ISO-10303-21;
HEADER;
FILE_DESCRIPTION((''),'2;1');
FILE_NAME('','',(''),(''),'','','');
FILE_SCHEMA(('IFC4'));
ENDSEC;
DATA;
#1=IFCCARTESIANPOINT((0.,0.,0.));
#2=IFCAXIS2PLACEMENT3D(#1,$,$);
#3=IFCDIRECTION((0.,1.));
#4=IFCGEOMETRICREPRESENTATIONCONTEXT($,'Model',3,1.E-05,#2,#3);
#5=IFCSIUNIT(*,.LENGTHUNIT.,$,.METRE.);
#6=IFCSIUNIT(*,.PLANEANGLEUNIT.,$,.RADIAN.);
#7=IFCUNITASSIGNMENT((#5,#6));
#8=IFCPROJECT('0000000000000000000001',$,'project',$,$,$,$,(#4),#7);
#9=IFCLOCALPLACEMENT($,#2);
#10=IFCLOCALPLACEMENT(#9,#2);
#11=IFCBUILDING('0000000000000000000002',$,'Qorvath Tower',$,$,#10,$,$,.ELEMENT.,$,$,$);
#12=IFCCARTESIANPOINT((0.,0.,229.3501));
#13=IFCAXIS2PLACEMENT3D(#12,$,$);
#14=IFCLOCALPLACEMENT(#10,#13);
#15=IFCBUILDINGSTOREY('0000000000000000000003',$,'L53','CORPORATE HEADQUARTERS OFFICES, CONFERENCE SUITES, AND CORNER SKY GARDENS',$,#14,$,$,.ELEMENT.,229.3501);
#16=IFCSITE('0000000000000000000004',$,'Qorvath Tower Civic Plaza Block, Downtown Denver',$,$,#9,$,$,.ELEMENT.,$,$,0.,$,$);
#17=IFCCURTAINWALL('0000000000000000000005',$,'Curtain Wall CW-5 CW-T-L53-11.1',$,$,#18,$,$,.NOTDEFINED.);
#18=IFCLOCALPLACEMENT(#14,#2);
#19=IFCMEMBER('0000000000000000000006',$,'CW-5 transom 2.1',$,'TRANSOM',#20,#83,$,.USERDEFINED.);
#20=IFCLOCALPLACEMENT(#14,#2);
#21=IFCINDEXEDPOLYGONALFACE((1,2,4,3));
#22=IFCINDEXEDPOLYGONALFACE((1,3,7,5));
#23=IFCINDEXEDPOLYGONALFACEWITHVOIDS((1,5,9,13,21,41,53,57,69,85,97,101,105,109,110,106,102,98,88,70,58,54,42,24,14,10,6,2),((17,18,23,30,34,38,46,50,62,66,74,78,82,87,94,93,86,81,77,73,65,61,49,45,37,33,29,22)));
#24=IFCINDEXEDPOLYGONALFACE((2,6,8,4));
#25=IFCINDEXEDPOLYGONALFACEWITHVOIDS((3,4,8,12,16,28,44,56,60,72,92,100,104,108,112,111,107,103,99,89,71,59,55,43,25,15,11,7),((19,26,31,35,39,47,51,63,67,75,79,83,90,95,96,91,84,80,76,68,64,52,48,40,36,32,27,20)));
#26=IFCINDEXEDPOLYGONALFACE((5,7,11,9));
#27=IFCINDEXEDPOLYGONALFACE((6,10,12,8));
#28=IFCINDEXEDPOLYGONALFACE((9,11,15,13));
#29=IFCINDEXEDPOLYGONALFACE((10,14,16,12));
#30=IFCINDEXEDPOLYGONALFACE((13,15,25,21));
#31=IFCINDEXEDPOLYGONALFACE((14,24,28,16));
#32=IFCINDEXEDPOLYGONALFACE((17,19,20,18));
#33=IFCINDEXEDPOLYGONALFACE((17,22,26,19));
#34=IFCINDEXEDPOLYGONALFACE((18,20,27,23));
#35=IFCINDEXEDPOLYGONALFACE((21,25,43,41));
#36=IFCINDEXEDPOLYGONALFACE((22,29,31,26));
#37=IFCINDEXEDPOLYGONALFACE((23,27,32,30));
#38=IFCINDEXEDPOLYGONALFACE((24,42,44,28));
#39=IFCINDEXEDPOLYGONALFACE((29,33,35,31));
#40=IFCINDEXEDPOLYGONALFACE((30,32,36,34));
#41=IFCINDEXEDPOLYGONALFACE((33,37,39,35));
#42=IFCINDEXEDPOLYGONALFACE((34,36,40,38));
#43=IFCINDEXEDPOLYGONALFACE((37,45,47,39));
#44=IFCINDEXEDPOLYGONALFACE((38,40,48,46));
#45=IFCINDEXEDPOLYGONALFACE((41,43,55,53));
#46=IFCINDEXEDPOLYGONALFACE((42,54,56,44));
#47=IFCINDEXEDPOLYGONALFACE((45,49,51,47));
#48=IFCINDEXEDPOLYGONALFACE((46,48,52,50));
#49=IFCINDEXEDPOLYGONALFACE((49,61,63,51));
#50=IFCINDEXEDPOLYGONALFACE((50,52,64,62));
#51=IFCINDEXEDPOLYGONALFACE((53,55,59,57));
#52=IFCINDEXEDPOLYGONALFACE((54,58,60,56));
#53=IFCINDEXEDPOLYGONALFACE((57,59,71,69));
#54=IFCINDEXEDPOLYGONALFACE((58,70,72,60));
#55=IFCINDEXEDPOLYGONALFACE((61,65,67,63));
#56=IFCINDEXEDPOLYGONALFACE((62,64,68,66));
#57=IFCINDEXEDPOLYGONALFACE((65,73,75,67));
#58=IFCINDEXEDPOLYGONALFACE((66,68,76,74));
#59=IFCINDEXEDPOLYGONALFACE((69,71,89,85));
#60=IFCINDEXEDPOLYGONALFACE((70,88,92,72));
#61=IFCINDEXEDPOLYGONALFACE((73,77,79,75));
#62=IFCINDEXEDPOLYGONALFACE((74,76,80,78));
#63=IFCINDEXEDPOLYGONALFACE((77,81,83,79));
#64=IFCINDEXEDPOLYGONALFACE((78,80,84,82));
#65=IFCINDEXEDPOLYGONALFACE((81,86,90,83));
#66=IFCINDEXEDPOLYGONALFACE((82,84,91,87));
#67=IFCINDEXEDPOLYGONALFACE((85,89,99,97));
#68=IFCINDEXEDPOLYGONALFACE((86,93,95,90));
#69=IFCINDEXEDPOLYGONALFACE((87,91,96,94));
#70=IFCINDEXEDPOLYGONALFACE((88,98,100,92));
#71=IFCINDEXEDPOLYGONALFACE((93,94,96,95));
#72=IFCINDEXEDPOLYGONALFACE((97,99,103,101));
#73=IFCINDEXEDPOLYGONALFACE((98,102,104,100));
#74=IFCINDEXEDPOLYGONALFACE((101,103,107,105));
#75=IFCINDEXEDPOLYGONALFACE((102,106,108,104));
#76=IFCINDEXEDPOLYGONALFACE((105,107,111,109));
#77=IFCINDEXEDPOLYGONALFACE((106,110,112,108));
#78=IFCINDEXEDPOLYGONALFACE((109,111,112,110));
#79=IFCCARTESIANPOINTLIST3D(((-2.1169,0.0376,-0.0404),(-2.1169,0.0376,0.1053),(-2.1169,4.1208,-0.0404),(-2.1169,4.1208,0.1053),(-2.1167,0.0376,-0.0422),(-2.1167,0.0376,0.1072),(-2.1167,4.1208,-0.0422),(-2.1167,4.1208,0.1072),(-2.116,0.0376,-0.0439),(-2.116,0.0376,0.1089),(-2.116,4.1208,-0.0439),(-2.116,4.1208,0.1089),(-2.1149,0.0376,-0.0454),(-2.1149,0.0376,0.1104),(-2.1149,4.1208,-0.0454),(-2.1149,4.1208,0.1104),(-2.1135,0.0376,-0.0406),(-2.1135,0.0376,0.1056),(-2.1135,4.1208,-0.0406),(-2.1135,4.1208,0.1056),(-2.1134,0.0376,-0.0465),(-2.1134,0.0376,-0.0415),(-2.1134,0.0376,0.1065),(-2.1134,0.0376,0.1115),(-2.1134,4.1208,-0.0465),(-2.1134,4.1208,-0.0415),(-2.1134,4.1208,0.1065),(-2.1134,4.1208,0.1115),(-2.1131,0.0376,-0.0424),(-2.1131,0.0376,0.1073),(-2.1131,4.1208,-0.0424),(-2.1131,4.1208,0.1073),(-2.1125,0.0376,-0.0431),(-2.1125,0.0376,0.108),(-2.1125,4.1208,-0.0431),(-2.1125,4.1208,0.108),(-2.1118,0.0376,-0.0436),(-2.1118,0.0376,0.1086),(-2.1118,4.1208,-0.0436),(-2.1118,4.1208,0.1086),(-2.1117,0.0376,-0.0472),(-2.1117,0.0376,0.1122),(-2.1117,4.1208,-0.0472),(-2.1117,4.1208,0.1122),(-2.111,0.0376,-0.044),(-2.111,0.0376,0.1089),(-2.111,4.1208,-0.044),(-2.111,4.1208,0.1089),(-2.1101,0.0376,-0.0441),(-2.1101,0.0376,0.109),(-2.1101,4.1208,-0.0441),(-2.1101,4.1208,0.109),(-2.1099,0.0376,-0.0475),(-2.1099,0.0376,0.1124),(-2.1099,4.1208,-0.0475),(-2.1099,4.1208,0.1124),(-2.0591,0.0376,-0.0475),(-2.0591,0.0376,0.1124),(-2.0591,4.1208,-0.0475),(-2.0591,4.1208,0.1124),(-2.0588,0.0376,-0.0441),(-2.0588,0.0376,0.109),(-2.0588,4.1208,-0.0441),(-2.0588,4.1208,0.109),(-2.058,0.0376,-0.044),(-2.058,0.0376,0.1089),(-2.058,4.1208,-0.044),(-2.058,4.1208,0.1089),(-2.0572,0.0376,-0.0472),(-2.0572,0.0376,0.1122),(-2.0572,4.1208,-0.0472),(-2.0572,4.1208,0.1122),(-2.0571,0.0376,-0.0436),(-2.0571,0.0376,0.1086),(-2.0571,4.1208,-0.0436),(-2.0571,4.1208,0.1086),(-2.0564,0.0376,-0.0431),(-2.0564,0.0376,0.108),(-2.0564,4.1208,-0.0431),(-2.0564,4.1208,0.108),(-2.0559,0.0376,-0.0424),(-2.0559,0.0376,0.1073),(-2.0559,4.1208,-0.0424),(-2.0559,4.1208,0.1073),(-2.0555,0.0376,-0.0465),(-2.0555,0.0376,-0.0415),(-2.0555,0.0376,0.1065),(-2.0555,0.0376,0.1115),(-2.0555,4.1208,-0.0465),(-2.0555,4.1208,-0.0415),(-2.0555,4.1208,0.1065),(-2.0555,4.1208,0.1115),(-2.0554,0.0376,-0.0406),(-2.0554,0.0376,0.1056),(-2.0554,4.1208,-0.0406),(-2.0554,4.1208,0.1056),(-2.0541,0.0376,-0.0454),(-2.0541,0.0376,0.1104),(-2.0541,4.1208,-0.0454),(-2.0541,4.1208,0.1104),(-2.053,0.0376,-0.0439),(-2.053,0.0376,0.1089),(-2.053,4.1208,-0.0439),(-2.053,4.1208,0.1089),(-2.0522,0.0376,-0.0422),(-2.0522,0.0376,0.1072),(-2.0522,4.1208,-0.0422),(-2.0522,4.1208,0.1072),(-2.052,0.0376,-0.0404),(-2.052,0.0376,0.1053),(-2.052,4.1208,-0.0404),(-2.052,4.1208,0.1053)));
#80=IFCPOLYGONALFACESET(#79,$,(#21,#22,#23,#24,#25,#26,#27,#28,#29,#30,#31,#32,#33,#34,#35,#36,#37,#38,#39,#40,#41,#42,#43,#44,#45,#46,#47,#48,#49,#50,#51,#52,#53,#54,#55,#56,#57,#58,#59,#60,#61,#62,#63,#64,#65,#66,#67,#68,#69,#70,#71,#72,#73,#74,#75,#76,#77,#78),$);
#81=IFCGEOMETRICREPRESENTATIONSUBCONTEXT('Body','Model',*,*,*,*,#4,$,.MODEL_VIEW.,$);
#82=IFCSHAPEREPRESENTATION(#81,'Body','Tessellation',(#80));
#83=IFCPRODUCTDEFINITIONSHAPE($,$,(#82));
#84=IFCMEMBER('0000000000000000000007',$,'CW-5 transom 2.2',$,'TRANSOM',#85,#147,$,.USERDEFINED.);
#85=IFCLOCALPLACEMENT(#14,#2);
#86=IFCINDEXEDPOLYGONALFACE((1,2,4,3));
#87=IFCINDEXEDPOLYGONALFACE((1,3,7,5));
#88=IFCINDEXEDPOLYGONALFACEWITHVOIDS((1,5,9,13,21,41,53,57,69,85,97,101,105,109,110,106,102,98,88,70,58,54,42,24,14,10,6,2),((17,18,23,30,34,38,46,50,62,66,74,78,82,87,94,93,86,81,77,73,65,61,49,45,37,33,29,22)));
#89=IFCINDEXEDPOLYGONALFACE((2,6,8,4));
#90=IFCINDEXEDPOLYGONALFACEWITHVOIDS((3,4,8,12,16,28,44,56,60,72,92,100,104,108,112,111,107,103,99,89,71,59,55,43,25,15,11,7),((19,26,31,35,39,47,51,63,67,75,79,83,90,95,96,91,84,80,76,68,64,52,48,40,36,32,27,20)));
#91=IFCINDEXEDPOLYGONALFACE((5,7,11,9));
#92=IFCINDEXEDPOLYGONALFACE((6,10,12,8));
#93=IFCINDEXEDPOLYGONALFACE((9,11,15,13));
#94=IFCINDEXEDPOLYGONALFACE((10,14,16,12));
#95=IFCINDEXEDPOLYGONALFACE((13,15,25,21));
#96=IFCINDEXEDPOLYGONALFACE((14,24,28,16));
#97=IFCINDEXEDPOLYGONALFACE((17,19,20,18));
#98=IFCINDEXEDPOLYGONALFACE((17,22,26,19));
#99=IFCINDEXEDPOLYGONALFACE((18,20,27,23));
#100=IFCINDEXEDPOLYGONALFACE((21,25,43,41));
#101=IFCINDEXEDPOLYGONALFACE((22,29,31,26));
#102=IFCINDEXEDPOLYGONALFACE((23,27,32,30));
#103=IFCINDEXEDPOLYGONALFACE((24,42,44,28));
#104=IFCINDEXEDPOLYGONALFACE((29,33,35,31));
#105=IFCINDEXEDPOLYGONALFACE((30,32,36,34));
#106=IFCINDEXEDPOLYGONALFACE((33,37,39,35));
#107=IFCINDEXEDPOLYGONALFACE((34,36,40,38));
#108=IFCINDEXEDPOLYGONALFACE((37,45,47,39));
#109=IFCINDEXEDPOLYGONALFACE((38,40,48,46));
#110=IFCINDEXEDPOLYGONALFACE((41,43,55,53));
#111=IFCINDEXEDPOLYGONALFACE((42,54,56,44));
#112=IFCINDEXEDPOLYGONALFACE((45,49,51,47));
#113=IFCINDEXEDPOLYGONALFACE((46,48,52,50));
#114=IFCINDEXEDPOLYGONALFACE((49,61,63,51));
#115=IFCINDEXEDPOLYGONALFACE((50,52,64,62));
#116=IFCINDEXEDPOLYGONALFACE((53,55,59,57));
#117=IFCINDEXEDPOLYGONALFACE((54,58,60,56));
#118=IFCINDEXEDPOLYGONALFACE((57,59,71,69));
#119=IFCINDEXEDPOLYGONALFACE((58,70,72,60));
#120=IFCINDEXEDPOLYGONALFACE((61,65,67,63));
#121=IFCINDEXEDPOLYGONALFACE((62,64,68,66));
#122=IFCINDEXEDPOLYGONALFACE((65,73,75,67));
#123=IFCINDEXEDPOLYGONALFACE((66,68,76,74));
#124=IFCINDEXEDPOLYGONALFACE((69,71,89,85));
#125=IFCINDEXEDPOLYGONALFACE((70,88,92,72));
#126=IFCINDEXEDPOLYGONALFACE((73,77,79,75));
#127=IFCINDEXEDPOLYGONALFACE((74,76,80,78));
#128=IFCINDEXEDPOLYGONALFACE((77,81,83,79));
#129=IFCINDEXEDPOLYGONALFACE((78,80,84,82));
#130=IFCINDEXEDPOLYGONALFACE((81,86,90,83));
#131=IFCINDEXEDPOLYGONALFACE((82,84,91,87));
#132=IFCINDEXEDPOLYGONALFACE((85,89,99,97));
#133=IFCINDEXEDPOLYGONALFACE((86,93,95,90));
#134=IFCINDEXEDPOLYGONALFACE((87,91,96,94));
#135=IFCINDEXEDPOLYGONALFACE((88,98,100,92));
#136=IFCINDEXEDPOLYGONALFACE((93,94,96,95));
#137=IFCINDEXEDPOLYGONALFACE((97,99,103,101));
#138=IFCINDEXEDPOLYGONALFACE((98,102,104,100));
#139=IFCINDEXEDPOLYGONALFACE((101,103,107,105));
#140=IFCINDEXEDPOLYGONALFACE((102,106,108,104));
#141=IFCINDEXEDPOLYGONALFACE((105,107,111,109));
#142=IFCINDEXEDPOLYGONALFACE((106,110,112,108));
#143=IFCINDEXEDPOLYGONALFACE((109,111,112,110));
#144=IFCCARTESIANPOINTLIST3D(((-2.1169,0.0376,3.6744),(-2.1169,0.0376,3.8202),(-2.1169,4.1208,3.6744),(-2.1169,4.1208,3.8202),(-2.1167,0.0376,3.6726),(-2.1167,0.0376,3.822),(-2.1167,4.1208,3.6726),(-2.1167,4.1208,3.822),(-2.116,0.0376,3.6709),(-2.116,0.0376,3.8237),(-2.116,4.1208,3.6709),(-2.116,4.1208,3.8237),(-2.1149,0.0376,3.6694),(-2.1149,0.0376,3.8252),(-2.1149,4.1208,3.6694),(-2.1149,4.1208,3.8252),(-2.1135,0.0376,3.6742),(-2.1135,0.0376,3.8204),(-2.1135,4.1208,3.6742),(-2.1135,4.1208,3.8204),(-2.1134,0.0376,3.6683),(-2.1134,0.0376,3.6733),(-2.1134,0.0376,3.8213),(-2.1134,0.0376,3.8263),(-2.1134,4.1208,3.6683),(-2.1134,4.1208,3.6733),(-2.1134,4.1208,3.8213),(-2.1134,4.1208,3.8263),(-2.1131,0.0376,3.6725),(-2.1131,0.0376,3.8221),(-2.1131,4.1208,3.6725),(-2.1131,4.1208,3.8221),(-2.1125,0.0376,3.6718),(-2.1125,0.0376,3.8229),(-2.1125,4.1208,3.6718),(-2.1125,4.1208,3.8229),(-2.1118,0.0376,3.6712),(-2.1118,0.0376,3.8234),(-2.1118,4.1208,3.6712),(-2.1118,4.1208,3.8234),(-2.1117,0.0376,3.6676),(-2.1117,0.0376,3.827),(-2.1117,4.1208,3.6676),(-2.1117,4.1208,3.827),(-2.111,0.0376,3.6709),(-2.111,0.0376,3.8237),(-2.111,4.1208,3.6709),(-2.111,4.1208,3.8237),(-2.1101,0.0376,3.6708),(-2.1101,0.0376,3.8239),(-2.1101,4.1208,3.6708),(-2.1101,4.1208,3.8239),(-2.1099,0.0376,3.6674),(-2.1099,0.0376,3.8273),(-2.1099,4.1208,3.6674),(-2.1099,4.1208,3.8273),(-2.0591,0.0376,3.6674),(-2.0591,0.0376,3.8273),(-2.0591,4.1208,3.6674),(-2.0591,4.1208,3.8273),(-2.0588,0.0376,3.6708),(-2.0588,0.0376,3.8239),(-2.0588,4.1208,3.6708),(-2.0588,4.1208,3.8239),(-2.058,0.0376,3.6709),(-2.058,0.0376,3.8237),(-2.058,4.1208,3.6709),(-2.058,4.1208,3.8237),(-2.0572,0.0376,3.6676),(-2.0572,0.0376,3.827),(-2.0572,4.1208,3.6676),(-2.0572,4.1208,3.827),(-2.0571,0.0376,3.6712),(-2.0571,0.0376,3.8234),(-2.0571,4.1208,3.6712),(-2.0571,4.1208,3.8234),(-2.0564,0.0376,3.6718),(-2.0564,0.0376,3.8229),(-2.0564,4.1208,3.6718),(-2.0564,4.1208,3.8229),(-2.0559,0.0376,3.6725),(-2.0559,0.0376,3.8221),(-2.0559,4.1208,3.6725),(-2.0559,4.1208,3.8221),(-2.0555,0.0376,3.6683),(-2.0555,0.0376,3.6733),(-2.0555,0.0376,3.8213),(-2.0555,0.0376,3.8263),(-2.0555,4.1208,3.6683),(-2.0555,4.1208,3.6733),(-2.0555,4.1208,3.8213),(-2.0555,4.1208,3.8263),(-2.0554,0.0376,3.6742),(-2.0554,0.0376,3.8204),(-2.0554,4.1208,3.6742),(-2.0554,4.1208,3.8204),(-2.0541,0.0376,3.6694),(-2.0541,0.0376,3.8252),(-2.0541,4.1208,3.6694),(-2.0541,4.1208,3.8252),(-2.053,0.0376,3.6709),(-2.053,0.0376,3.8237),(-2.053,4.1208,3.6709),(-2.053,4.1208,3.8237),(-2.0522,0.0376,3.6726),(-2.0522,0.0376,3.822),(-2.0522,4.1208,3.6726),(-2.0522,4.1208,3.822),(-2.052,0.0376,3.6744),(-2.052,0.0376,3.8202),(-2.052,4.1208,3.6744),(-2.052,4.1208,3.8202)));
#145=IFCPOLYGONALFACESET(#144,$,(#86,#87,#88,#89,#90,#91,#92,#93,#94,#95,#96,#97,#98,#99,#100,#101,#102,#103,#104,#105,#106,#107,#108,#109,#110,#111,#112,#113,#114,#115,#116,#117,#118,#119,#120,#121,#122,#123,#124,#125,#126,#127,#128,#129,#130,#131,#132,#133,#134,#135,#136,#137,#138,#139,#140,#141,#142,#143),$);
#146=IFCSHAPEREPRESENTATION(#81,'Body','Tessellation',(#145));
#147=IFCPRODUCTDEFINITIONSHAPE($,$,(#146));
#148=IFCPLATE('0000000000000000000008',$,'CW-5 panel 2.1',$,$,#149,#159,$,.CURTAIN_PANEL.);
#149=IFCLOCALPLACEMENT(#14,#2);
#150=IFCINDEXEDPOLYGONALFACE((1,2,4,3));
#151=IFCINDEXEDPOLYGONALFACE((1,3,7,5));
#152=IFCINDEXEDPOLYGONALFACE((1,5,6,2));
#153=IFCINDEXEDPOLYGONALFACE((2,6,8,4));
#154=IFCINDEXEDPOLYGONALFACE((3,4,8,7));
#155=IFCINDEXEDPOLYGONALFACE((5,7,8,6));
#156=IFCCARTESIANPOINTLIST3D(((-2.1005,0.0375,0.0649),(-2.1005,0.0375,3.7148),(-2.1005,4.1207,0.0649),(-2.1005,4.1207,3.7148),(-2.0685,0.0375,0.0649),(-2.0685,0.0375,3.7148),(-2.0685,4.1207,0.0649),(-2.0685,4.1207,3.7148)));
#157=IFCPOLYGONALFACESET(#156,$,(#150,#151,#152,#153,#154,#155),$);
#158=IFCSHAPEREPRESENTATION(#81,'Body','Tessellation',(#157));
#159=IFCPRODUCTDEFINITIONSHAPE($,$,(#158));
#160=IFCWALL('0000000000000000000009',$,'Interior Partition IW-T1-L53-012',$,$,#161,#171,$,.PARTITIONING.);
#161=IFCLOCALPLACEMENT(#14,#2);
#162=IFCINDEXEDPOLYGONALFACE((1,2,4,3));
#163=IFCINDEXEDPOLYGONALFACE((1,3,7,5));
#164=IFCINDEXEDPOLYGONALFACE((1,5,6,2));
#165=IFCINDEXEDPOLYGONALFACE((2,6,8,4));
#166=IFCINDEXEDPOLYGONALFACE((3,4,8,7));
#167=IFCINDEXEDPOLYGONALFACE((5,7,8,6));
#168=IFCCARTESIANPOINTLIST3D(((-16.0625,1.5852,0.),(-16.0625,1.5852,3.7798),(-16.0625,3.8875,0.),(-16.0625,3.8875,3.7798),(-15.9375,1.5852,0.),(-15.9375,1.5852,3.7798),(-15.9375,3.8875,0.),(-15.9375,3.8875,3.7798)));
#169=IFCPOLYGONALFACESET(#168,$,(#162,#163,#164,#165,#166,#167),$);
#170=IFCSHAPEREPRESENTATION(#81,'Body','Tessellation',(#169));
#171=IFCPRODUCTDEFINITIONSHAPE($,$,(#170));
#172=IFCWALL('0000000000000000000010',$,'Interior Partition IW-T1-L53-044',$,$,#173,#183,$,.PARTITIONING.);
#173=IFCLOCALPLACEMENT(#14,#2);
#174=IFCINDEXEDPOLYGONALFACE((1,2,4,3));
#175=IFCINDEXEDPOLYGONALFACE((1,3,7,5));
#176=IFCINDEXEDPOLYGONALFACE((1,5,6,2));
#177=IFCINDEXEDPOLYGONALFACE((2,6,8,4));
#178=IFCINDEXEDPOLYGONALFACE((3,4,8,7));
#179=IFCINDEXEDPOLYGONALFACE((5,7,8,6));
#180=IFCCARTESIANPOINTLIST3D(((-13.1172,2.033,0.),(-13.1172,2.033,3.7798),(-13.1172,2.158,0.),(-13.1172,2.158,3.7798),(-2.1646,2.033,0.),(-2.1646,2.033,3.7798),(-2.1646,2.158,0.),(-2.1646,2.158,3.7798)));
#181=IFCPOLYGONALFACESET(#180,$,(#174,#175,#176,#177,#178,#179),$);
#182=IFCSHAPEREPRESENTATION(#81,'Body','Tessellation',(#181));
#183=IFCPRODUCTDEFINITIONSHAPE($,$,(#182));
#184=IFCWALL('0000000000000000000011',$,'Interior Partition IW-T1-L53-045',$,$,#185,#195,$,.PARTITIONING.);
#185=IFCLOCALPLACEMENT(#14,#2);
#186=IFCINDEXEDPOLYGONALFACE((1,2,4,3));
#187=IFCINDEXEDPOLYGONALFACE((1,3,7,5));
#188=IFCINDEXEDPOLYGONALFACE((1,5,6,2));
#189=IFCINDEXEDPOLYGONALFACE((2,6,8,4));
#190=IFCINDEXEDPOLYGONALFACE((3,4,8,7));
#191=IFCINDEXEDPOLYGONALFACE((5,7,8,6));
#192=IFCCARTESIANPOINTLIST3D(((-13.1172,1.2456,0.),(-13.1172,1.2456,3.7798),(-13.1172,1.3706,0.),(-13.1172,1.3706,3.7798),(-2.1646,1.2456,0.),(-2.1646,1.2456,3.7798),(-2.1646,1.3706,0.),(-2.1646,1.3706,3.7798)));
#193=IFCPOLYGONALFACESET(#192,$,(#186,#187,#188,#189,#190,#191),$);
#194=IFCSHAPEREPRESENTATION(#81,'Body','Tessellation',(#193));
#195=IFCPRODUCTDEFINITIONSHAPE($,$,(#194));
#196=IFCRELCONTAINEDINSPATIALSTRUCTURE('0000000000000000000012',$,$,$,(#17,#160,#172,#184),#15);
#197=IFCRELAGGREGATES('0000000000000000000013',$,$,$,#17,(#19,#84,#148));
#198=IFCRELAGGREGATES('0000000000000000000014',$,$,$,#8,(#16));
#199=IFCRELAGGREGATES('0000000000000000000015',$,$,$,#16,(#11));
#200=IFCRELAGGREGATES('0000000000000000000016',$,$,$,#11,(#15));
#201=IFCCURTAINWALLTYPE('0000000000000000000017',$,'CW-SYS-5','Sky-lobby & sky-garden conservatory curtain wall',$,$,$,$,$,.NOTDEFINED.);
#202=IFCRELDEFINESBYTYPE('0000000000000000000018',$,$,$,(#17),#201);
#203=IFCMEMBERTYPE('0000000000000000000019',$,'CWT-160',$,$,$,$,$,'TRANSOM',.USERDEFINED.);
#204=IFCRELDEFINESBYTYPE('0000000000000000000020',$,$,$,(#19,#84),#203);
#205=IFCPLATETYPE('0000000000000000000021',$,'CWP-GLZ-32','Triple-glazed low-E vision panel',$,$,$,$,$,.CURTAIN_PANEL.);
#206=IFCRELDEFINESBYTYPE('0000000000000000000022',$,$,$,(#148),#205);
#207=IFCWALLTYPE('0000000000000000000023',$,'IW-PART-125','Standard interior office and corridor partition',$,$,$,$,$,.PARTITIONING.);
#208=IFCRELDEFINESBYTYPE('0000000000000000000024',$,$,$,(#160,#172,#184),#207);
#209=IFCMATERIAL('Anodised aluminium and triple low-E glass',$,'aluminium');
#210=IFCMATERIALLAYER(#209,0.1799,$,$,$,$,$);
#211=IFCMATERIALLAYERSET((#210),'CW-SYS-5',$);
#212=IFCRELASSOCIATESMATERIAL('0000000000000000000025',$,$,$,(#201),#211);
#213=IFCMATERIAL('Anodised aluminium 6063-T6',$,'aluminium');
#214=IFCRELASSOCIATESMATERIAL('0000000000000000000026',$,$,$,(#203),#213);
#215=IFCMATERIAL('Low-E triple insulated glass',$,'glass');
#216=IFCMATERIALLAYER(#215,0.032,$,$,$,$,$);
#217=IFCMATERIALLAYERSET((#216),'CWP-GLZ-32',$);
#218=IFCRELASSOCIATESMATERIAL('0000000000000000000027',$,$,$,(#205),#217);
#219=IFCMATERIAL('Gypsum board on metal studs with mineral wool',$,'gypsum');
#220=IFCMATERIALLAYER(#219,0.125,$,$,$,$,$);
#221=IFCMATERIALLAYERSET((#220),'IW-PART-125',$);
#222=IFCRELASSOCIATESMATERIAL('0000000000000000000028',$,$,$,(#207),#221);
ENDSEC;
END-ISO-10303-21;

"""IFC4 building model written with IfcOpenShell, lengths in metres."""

from ifc_helpers import new_model, si_unit, direction, frame, frame_2d, origin, origin_2d, place, context, subcontext, project, spatial, rectangle, hollow_rectangle, extrude, material, layer, layer_set, material_profile, profile_set, type_object, element, aggregate, save


model = new_model("IFC4")

# Units and contexts
model_context = context("Model", 3, precision=1e-05, world=origin(), true_north=direction((0.0, 1.0)))
body_context = subcontext(model_context, "Body", "Model", "MODEL_VIEW")
ifc_project = project(units=[si_unit("LENGTHUNIT", "METRE"), si_unit("PLANEANGLEUNIT", "RADIAN")], contexts=[model_context])

# Site, building, storey
site_placement = place(None, origin())
site = spatial("IfcSite", under=ifc_project, at=site_placement, Name="Qorvath Tower Civic Plaza Block, Downtown Denver", CompositionType="ELEMENT", RefElevation=0.0)
building_placement = place(site_placement, origin())
building = spatial("IfcBuilding", under=site, at=building_placement, Name="Qorvath Tower", CompositionType="ELEMENT")
storey_placement = place(building_placement, frame((0.0, 0.0, 229.3501)))
storey = spatial("IfcBuildingStorey", under=building, at=storey_placement, Name="L53", Description="CORPORATE HEADQUARTERS OFFICES, CONFERENCE SUITES, AND CORNER SKY GARDENS", CompositionType="ELEMENT", Elevation=229.3501)

# Curtain wall, members, plate
ifc_material_1 = material(Name="Anodised aluminium and triple low-E glass", Category="aluminium")
ifc_layer_1 = layer(ifc_material_1, 0.1799)
ifc_layer_set_1 = layer_set([ifc_layer_1], Name="CW-SYS-5")
curtain_wall_type = type_object("IfcCurtainWallType", Name="CW-SYS-5", Description="Sky-lobby & sky-garden conservatory curtain wall", PredefinedType="NOTDEFINED", material=ifc_layer_set_1)
curtain_wall_placement = place(storey_placement, origin())
curtain_wall = element("IfcCurtainWall", 1, at=curtain_wall_placement, inside=storey, type_object=curtain_wall_type, Name="Curtain Wall CW-5 CW-T-L53-11.1", PredefinedType="NOTDEFINED")
ifc_material_2 = material(Name="Anodised aluminium 6063-T6", Category="aluminium")
ifc_material_profile = material_profile(ifc_material_2, hollow_rectangle(XDim=0.0649, YDim=0.1599, WallThickness=0.0034, InnerFilletRadius=0.0034, OuterFilletRadius=0.0071, at=origin_2d()), Name="CWT 160x65")
ifc_profile_set = profile_set([ifc_material_profile], Name="Anodised aluminium 6063-T6")
member_type = type_object("IfcMemberType", Name="CWT-160", ElementType="TRANSOM", PredefinedType="USERDEFINED", material=ifc_profile_set)
member_1_placement = place(storey_placement, frame((-2.0845, 0.0376, 0.0325), z_axis=(0.0, 1.0, 0.0), x_axis=(-1.0, 0.0, 0.0)))
member_1 = element("IfcMember", 2, at=member_1_placement, type_object=member_type, Name="CW-5 transom 2.1", ObjectType="TRANSOM", PredefinedType="USERDEFINED", context=body_context, shape_type="SweptSolid", body=[
    extrude(hollow_rectangle(XDim=0.0649, YDim=0.1599, WallThickness=0.0034, InnerFilletRadius=0.0034, OuterFilletRadius=0.0071, at=origin_2d()), origin(), (0.0, 0.0, 1.0), 4.0833),
])
member_2_placement = place(storey_placement, frame((-2.0845, 0.0376, 3.7473), z_axis=(0.0, 1.0, 0.0), x_axis=(-1.0, 0.0, 0.0)))
member_2 = element("IfcMember", 3, at=member_2_placement, type_object=member_type, Name="CW-5 transom 2.2", ObjectType="TRANSOM", PredefinedType="USERDEFINED", context=body_context, shape_type="SweptSolid", body=[
    extrude(hollow_rectangle(XDim=0.0649, YDim=0.1599, WallThickness=0.0034, InnerFilletRadius=0.0034, OuterFilletRadius=0.0071, at=origin_2d()), origin(), (0.0, 0.0, 1.0), 4.0833),
])
ifc_material_3 = material(Name="Low-E triple insulated glass", Category="glass")
ifc_layer_2 = layer(ifc_material_3, 0.032)
ifc_layer_set_2 = layer_set([ifc_layer_2], Name="CWP-GLZ-32")
plate_type = type_object("IfcPlateType", Name="CWP-GLZ-32", Description="Triple-glazed low-E vision panel", PredefinedType="CURTAIN_PANEL", material=ifc_layer_set_2)
plate_placement = place(storey_placement, frame((-2.0845, 2.0791, 0.0649), z_axis=(0.0, 0.0, 1.0), x_axis=(0.0, 1.0, 0.0)))
plate = element("IfcPlate", 4, at=plate_placement, type_object=plate_type, Name="CW-5 panel 2.1", PredefinedType="CURTAIN_PANEL", context=body_context, shape_type="SweptSolid", body=[
    extrude(rectangle(XDim=4.0833, YDim=0.032, at=origin_2d()), origin(), (0.0, 0.0, 1.0), 3.6499),
])
aggregate(curtain_wall, [member_1, member_2, plate])

# Walls
ifc_material_4 = material(Name="Gypsum board on metal studs with mineral wool", Category="gypsum")
ifc_layer_3 = layer(ifc_material_4, 0.125)
ifc_layer_set_3 = layer_set([ifc_layer_3], Name="IW-PART-125")
wall_type = type_object("IfcWallType", Name="IW-PART-125", Description="Standard interior office and corridor partition", PredefinedType="PARTITIONING", material=ifc_layer_set_3)
wall_placement = place(storey_placement, frame((-16.0, 1.5852, 0.0), z_axis=(0.0, 0.0, 1.0), x_axis=(0.0, 1.0, 0.0)))
element("IfcWall", 5, at=wall_placement, inside=storey, type_object=wall_type, Name="Interior Partition IW-T1-L53-012", PredefinedType="PARTITIONING", context=body_context, shape_type="SweptSolid", body=[
    extrude(rectangle(XDim=2.3022, YDim=0.125, at=frame_2d((1.1511, 0.0))), origin(), (0.0, 0.0, 1.0), 3.7798),
])
for number, where, z_axis, x_axis, name in (
    (6, (-2.1646, 2.0955, 0.0), (0.0, 0.0, 1.0), (-1.0, 0.0, 0.0), "Interior Partition IW-T1-L53-044"),
    (7, (-2.1646, 1.3081, 0.0), (0.0, 0.0, 1.0), (-1.0, 0.0, 0.0), "Interior Partition IW-T1-L53-045"),
):
    element("IfcWall", number, at=place(storey_placement, frame(where, z_axis=z_axis, x_axis=x_axis)), inside=storey, type_object=wall_type, Name=name, PredefinedType="PARTITIONING", context=body_context, shape_type="SweptSolid", body=[
        extrude(rectangle(XDim=10.9526, YDim=0.125, at=frame_2d((5.4763, 0.0))), origin(), (0.0, 0.0, 1.0), 3.7798),
    ])

save(model, "model.ifc")
